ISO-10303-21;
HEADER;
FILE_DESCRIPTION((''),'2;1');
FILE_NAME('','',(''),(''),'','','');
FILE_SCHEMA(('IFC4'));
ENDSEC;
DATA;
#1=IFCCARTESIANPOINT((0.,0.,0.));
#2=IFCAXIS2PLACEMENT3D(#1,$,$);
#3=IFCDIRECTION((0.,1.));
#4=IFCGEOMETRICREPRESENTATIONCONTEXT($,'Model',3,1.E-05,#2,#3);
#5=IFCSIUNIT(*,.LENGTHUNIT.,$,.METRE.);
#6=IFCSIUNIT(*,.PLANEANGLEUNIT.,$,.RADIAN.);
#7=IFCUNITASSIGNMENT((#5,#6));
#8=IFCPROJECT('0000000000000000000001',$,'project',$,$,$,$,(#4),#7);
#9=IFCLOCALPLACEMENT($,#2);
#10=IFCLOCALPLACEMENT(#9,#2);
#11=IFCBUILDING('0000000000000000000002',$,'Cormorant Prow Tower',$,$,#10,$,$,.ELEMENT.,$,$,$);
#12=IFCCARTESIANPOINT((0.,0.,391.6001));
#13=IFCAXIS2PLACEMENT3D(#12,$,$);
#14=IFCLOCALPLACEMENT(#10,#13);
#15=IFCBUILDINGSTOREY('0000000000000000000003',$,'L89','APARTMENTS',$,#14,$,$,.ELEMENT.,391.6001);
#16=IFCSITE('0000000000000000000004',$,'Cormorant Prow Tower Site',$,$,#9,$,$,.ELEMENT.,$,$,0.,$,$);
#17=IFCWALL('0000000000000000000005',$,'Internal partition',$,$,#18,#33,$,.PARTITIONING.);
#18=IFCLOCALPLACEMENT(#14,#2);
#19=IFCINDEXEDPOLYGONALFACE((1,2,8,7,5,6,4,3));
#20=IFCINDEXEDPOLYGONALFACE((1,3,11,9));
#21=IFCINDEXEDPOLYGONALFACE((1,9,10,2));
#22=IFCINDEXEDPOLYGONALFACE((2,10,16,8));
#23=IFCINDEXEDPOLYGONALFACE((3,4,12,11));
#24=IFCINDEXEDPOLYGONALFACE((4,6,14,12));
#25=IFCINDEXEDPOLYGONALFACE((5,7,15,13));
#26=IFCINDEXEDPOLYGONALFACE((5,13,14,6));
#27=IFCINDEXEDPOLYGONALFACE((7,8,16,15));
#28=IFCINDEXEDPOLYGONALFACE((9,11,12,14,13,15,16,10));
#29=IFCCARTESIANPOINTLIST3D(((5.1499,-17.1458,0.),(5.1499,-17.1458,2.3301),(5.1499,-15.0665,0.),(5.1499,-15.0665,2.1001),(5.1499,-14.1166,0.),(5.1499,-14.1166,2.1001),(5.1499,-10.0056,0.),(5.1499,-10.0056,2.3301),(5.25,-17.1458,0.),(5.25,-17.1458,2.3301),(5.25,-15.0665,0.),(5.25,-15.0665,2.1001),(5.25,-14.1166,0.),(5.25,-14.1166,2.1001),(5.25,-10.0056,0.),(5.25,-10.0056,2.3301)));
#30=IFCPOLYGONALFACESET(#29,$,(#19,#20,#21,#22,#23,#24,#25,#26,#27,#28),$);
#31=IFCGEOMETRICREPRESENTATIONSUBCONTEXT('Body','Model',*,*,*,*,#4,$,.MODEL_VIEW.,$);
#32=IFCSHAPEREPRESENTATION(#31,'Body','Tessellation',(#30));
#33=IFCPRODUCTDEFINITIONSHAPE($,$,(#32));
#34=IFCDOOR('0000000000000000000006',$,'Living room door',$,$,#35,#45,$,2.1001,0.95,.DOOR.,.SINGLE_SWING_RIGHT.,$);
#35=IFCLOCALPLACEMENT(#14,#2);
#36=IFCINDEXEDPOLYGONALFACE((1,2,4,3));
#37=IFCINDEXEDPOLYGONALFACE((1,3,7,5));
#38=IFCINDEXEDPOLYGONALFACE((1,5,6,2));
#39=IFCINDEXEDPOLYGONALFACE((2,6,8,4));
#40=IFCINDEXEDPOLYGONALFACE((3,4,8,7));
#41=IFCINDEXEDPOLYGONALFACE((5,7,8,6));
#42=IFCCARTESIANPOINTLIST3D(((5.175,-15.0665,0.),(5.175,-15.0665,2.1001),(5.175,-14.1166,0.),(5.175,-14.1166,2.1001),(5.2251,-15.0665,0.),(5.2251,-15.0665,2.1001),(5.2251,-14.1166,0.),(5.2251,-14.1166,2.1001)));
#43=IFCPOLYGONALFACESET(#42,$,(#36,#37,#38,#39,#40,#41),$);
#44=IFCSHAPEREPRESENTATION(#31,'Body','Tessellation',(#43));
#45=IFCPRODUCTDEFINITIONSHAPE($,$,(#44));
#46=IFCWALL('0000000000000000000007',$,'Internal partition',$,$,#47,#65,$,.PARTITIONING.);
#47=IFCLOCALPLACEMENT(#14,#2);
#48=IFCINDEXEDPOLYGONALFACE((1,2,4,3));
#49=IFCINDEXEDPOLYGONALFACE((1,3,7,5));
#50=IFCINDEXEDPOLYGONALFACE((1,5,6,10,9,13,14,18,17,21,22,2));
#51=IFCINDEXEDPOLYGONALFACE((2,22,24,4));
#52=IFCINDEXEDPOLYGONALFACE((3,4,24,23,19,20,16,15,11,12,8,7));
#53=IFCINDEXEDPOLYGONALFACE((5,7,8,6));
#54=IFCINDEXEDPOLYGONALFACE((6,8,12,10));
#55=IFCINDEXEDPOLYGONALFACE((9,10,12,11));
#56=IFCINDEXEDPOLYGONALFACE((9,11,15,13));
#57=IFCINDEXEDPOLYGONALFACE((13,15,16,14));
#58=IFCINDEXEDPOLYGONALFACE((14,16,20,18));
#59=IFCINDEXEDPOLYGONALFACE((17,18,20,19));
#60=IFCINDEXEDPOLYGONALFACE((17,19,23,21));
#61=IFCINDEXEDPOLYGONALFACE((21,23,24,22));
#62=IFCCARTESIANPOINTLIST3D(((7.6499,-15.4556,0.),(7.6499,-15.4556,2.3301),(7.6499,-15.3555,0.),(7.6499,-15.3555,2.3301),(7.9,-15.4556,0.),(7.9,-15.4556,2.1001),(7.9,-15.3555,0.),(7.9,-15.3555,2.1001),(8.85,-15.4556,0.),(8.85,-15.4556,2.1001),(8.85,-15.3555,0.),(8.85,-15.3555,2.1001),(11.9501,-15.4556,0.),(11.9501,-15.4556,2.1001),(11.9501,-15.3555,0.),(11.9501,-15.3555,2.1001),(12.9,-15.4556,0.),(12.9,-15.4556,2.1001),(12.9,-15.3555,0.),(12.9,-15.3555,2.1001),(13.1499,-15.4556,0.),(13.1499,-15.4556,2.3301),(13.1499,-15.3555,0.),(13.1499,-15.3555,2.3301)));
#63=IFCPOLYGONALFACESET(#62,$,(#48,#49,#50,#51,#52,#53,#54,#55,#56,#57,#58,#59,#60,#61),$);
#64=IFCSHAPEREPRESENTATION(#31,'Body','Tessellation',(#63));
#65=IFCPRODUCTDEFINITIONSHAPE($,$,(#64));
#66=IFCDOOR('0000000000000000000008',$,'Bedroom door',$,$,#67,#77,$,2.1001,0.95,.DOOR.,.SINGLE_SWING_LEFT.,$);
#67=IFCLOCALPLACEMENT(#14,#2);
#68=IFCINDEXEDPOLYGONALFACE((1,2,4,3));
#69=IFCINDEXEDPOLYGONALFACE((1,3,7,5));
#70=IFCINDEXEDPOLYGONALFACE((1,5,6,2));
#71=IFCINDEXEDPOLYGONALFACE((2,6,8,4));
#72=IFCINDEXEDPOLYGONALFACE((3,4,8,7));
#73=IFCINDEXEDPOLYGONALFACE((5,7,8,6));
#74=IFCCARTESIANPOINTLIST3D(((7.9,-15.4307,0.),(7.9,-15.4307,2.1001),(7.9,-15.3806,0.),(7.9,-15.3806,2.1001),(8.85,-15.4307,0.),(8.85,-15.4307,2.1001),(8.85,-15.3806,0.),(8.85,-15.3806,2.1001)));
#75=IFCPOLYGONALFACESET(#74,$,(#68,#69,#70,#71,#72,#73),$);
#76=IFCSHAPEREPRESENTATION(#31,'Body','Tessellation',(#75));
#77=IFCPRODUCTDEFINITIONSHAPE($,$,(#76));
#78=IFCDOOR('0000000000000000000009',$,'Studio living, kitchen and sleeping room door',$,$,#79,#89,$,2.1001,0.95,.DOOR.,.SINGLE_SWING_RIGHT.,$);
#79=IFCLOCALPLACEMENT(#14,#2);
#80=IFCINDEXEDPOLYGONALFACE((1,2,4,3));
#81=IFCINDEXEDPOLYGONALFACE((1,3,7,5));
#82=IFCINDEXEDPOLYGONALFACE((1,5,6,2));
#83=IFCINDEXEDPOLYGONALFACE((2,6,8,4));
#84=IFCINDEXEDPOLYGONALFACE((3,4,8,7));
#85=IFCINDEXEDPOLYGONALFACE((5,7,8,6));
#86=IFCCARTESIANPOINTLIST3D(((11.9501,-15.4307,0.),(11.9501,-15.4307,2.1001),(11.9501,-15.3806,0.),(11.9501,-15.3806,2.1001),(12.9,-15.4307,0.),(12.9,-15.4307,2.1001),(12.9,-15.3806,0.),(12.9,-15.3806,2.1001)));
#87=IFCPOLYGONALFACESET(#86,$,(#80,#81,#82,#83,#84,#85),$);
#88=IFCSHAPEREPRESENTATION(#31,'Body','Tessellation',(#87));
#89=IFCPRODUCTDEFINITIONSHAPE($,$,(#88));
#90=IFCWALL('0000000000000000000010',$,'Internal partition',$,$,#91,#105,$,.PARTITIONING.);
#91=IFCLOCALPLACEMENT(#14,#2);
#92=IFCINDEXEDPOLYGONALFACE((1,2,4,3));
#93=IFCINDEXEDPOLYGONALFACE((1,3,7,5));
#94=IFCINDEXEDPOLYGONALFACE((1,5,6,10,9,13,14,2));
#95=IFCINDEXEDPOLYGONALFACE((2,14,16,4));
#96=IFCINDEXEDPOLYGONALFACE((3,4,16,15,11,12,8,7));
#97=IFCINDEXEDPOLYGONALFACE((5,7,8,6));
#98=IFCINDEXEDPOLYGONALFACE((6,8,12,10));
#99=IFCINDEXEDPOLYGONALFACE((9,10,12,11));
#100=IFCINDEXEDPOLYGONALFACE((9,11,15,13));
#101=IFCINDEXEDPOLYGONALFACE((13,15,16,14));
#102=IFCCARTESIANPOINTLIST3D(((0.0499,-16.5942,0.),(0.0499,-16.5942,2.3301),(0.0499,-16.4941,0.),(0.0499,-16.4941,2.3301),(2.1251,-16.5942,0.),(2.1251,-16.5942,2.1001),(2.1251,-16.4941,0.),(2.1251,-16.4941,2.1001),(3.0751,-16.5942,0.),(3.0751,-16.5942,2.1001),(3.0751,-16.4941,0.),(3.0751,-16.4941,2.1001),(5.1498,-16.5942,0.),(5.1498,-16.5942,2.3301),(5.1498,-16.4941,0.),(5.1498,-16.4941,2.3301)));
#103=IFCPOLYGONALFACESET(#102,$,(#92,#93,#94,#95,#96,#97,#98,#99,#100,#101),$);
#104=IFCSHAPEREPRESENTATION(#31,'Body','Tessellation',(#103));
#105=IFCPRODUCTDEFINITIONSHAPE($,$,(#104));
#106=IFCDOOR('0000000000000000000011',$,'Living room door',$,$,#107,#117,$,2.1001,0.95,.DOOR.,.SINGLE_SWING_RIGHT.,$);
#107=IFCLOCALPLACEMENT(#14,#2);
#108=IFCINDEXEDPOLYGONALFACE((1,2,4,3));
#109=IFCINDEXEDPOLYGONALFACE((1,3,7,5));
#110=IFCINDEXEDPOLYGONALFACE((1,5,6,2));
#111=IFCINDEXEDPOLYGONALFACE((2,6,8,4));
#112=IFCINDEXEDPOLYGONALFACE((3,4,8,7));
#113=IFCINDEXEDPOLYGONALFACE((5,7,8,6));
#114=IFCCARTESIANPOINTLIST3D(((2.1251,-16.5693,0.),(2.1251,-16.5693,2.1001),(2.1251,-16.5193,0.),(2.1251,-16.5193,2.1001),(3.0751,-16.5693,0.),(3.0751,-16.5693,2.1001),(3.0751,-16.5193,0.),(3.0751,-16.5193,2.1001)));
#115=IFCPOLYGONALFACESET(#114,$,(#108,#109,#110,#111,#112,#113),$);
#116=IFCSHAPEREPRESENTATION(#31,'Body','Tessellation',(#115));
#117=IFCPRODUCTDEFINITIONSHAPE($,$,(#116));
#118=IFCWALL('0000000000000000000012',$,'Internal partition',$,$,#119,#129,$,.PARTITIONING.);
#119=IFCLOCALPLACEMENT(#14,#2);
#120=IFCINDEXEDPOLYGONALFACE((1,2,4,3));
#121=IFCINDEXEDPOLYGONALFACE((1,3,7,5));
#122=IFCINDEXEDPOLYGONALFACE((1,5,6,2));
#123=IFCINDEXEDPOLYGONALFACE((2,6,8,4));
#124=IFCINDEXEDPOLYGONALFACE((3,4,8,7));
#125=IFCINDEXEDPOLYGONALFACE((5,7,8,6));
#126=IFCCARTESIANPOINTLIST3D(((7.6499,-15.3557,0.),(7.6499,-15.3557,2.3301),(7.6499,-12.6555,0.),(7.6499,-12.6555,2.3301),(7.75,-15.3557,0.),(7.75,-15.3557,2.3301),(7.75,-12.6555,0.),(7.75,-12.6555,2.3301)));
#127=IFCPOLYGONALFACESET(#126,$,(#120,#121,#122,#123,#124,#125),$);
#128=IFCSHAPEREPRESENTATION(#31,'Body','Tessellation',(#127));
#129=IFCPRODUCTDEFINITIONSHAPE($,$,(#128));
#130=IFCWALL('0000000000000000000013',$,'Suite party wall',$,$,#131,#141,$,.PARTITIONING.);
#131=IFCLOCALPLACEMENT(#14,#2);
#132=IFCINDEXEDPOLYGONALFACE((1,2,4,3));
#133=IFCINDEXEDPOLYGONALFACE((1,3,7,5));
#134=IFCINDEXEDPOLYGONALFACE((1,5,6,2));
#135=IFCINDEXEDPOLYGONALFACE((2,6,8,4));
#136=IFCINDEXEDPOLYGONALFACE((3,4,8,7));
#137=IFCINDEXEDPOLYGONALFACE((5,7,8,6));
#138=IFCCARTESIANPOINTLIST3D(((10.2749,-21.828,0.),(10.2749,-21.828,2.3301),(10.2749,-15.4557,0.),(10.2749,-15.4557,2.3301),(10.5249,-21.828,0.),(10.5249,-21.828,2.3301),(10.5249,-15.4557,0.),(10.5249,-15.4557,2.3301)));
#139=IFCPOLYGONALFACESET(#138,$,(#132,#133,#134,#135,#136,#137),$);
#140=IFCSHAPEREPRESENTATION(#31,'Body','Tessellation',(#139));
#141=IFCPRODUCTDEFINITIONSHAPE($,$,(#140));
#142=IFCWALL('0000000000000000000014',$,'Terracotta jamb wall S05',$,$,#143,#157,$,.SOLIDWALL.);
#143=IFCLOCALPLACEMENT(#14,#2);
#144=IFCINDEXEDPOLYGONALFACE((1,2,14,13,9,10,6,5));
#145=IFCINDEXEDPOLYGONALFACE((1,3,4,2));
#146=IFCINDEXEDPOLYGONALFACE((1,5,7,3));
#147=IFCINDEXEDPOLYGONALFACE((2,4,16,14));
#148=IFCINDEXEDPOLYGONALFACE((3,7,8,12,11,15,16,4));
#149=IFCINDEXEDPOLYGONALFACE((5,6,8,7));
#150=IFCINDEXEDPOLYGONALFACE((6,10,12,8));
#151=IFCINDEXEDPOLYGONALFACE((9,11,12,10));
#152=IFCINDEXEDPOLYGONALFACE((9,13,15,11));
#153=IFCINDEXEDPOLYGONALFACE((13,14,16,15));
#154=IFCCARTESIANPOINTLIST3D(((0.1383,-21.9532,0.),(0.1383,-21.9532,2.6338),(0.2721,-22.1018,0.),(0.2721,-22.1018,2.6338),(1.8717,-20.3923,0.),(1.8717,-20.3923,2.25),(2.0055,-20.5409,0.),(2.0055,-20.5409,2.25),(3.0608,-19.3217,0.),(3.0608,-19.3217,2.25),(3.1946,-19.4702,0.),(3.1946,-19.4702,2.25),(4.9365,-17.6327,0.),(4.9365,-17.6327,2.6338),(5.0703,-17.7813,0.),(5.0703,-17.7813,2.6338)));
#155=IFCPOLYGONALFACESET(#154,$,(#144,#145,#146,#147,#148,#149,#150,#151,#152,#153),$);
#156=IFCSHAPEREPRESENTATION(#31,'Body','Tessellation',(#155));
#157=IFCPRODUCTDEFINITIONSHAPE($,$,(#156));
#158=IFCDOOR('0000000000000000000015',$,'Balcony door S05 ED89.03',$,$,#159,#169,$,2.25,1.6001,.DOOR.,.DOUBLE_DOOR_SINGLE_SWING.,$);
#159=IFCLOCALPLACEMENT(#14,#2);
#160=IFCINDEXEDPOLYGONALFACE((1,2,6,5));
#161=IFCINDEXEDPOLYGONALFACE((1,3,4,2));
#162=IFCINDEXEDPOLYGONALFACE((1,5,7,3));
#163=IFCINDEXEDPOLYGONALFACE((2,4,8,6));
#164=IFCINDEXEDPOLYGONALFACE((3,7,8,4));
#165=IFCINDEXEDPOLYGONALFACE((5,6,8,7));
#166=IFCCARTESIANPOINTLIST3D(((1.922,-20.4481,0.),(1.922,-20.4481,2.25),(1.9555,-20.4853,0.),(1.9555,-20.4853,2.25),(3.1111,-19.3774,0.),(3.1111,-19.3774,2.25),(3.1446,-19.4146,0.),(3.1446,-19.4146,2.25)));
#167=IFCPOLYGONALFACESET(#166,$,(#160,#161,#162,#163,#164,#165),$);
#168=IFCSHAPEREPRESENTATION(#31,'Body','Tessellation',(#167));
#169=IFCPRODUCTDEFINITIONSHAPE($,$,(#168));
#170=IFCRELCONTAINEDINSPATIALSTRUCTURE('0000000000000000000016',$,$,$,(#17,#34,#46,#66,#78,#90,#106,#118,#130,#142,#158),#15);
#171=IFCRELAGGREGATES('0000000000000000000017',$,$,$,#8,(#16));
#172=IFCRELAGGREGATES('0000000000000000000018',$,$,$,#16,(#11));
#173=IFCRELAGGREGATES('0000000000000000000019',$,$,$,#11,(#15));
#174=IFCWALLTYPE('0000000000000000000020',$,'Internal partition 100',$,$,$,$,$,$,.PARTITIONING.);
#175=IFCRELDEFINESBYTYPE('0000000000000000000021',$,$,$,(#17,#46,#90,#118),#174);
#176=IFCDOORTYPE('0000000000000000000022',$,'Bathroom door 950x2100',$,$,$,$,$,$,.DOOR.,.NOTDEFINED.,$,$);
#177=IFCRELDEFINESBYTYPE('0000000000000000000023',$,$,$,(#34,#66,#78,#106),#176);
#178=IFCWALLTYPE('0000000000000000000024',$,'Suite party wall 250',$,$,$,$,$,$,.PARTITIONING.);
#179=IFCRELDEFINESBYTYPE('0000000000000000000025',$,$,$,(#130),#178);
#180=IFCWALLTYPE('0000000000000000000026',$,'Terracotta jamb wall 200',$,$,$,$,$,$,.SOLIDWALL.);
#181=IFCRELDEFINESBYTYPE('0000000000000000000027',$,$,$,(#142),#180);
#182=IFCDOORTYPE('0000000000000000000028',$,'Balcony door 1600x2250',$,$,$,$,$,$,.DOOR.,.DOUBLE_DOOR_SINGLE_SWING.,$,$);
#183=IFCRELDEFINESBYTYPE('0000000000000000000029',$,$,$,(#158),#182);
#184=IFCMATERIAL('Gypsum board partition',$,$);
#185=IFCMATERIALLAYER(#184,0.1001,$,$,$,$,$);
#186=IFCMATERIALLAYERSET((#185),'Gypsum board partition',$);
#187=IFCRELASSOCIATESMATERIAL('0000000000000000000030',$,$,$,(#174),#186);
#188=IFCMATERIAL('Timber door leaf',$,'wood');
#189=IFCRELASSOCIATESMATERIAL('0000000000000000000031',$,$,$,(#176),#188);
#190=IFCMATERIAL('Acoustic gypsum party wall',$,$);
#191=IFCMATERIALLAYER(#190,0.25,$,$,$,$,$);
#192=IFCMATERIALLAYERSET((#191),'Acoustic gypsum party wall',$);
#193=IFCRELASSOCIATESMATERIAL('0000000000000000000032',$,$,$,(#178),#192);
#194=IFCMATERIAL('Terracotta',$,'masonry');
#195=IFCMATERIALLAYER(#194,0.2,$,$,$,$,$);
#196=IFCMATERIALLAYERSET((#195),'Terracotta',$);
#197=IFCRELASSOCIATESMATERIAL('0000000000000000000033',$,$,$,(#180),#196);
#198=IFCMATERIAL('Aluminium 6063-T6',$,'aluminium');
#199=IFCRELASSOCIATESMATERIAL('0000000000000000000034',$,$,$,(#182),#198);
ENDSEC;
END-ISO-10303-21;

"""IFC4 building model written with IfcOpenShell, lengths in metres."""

from ifc_helpers import new_model, si_unit, direction, frame, frame_2d, origin, place, context, subcontext, project, spatial, rectangle, extrude, material, layer, layer_set, type_object, element, fill, save


model = new_model("IFC4")

# Units and contexts
model_context = context("Model", 3, precision=1e-05, world=origin(), true_north=direction((0.0, 1.0)))
body_context = subcontext(model_context, "Body", "Model", "MODEL_VIEW")
ifc_project = project(units=[si_unit("LENGTHUNIT", "METRE"), si_unit("PLANEANGLEUNIT", "RADIAN")], contexts=[model_context])

# Site, building, storey
site_placement = place(None, origin())
site = spatial("IfcSite", under=ifc_project, at=site_placement, Name="Cormorant Prow Tower Site", CompositionType="ELEMENT", RefElevation=0.0)
building_placement = place(site_placement, origin())
building = spatial("IfcBuilding", under=site, at=building_placement, Name="Cormorant Prow Tower", CompositionType="ELEMENT")
storey_placement = place(building_placement, frame((0.0, 0.0, 391.6001)))
storey = spatial("IfcBuildingStorey", under=building, at=storey_placement, Name="L89", Description="APARTMENTS", CompositionType="ELEMENT", Elevation=391.6001)

# Wall, opening, door
ifc_material_1 = material(Name="Gypsum board partition")
ifc_layer_1 = layer(ifc_material_1, 0.1001)
ifc_layer_set_1 = layer_set([ifc_layer_1], Name="Gypsum board partition")
wall_type_1 = type_object("IfcWallType", Name="Internal partition 100", PredefinedType="PARTITIONING", material=ifc_layer_set_1)
ifc_material_2 = material(Name="Timber door leaf", Category="wood")
door_type_1 = type_object("IfcDoorType", Name="Bathroom door 950x2100", OperationType="NOTDEFINED", PredefinedType="DOOR", material=ifc_material_2)
wall_1_placement = place(storey_placement, frame((5.2, -17.1458, 0.0), z_axis=(0.0, 0.0, 1.0), x_axis=(0.0, 1.0, 0.0)))
wall_1 = element("IfcWall", 1, at=wall_1_placement, inside=storey, type_object=wall_type_1, Name="Internal partition", PredefinedType="PARTITIONING", context=body_context, shape_type="SweptSolid", body=[
    extrude(rectangle(XDim=7.1401, YDim=0.1001, at=frame_2d((3.5701, 0.0))), origin(), (0.0, 0.0, 1.0), 2.3301),
])
opening_1_placement = place(wall_1_placement, frame((2.0791, 0.0, 0.0)))
opening_1 = element("IfcOpeningElement", 2, at=opening_1_placement, cuts=wall_1, PredefinedType="OPENING", context=body_context, shape_type="SweptSolid", body=[
    extrude(rectangle(XDim=0.95, YDim=2.1001, at=frame_2d((0.4751, 1.05))), frame((0.0, 0.0601, 0.0), z_axis=(0.0, -1.0, 0.0), x_axis=(1.0, 0.0, 0.0)), (0.0, 0.0, 1.0), 0.1201),
])
door_1_placement = place(opening_1_placement, origin())
door_1 = element("IfcDoor", 3, at=door_1_placement, inside=storey, type_object=door_type_1, Name="Living room door", OperationType="SINGLE_SWING_RIGHT", OverallHeight=2.1001, OverallWidth=0.95, PredefinedType="DOOR", context=body_context, shape_type="SweptSolid", body=[
    extrude(rectangle(XDim=0.95, YDim=2.1001, at=frame_2d((0.4751, 1.05))), frame((0.0, 0.0249, 0.0), z_axis=(0.0, -1.0, 0.0), x_axis=(1.0, 0.0, 0.0)), (0.0, 0.0, 1.0), 0.05),
])
fill(opening_1, door_1)

# Wall, openings, doors
wall_2_placement = place(storey_placement, frame((7.6499, -15.4055, 0.0), z_axis=(0.0, 0.0, 1.0), x_axis=(1.0, 0.0, 0.0)))
wall_2 = element("IfcWall", 4, at=wall_2_placement, inside=storey, type_object=wall_type_1, Name="Internal partition", PredefinedType="PARTITIONING", context=body_context, shape_type="SweptSolid", body=[
    extrude(rectangle(XDim=5.5, YDim=0.1001, at=frame_2d((2.75, 0.0))), origin(), (0.0, 0.0, 1.0), 2.3301),
])
opening_2_placement = place(wall_2_placement, frame((0.25, 0.0, 0.0)))
opening_2 = element("IfcOpeningElement", 5, at=opening_2_placement, cuts=wall_2, PredefinedType="OPENING", context=body_context, shape_type="SweptSolid", body=[
    extrude(rectangle(XDim=0.95, YDim=2.1001, at=frame_2d((0.4751, 1.05))), frame((0.0, 0.0601, 0.0), z_axis=(0.0, -1.0, 0.0), x_axis=(1.0, 0.0, 0.0)), (0.0, 0.0, 1.0), 0.1201),
])
opening_3_placement = place(wall_2_placement, frame((4.3, 0.0, 0.0)))
opening_3 = element("IfcOpeningElement", 6, at=opening_3_placement, cuts=wall_2, PredefinedType="OPENING", context=body_context, shape_type="SweptSolid", body=[
    extrude(rectangle(XDim=0.95, YDim=2.1001, at=frame_2d((0.4751, 1.05))), frame((0.0, 0.0601, 0.0), z_axis=(0.0, -1.0, 0.0), x_axis=(1.0, 0.0, 0.0)), (0.0, 0.0, 1.0), 0.1201),
])
door_2_placement = place(opening_2_placement, origin())
door_2 = element("IfcDoor", 7, at=door_2_placement, inside=storey, type_object=door_type_1, Name="Bedroom door", OperationType="SINGLE_SWING_LEFT", OverallHeight=2.1001, OverallWidth=0.95, PredefinedType="DOOR", context=body_context, shape_type="SweptSolid", body=[
    extrude(rectangle(XDim=0.95, YDim=2.1001, at=frame_2d((0.4751, 1.05))), frame((0.0, 0.0249, 0.0), z_axis=(0.0, -1.0, 0.0), x_axis=(1.0, 0.0, 0.0)), (0.0, 0.0, 1.0), 0.05),
])
fill(opening_2, door_2)
door_3_placement = place(opening_3_placement, origin())
door_3 = element("IfcDoor", 8, at=door_3_placement, inside=storey, type_object=door_type_1, Name="Studio living, kitchen and sleeping room door", OperationType="SINGLE_SWING_RIGHT", OverallHeight=2.1001, OverallWidth=0.95, PredefinedType="DOOR", context=body_context, shape_type="SweptSolid", body=[
    extrude(rectangle(XDim=0.95, YDim=2.1001, at=frame_2d((0.4751, 1.05))), frame((0.0, 0.0249, 0.0), z_axis=(0.0, -1.0, 0.0), x_axis=(1.0, 0.0, 0.0)), (0.0, 0.0, 1.0), 0.05),
])
fill(opening_3, door_3)

# Wall, opening, door
wall_3_placement = place(storey_placement, frame((0.05, -16.5442, 0.0), z_axis=(0.0, 0.0, 1.0), x_axis=(1.0, 0.0, 0.0)))
wall_3 = element("IfcWall", 9, at=wall_3_placement, inside=storey, type_object=wall_type_1, Name="Internal partition", PredefinedType="PARTITIONING", context=body_context, shape_type="SweptSolid", body=[
    extrude(rectangle(XDim=5.0999, YDim=0.1001, at=frame_2d((2.5498, 0.0))), origin(), (0.0, 0.0, 1.0), 2.3301),
])
opening_4_placement = place(wall_3_placement, frame((2.075, 0.0, 0.0)))
opening_4 = element("IfcOpeningElement", 10, at=opening_4_placement, cuts=wall_3, PredefinedType="OPENING", context=body_context, shape_type="SweptSolid", body=[
    extrude(rectangle(XDim=0.95, YDim=2.1001, at=frame_2d((0.4751, 1.05))), frame((0.0, 0.0601, 0.0), z_axis=(0.0, -1.0, 0.0), x_axis=(1.0, 0.0, 0.0)), (0.0, 0.0, 1.0), 0.1201),
])
door_4_placement = place(opening_4_placement, origin())
door_4 = element("IfcDoor", 11, at=door_4_placement, inside=storey, type_object=door_type_1, Name="Living room door", OperationType="SINGLE_SWING_RIGHT", OverallHeight=2.1001, OverallWidth=0.95, PredefinedType="DOOR", context=body_context, shape_type="SweptSolid", body=[
    extrude(rectangle(XDim=0.95, YDim=2.1001, at=frame_2d((0.4751, 1.05))), frame((0.0, 0.0249, 0.0), z_axis=(0.0, -1.0, 0.0), x_axis=(1.0, 0.0, 0.0)), (0.0, 0.0, 1.0), 0.05),
])
fill(opening_4, door_4)

# Walls
wall_4_placement = place(storey_placement, frame((7.7, -15.3557, 0.0), z_axis=(0.0, 0.0, 1.0), x_axis=(0.0, 1.0, 0.0)))
element("IfcWall", 12, at=wall_4_placement, inside=storey, type_object=wall_type_1, Name="Internal partition", PredefinedType="PARTITIONING", context=body_context, shape_type="SweptSolid", body=[
    extrude(rectangle(XDim=2.7002, YDim=0.1001, at=frame_2d((1.3501, 0.0))), origin(), (0.0, 0.0, 1.0), 2.3301),
])
ifc_material_3 = material(Name="Acoustic gypsum party wall")
ifc_layer_2 = layer(ifc_material_3, 0.25)
ifc_layer_set_2 = layer_set([ifc_layer_2], Name="Acoustic gypsum party wall")
wall_type_2 = type_object("IfcWallType", Name="Suite party wall 250", PredefinedType="PARTITIONING", material=ifc_layer_set_2)
wall_5_placement = place(storey_placement, frame((10.3999, -21.8279, 0.0), z_axis=(0.0, 0.0, 1.0), x_axis=(0.0, 1.0, 0.0)))
element("IfcWall", 13, at=wall_5_placement, inside=storey, type_object=wall_type_2, Name="Suite party wall", PredefinedType="PARTITIONING", context=body_context, shape_type="SweptSolid", body=[
    extrude(rectangle(XDim=6.3723, YDim=0.25, at=frame_2d((3.186, 0.0))), origin(), (0.0, 0.0, 1.0), 2.3301),
])

# Wall, opening, door
ifc_material_4 = material(Name="Terracotta", Category="masonry")
ifc_layer_3 = layer(ifc_material_4, 0.2)
ifc_layer_set_3 = layer_set([ifc_layer_3], Name="Terracotta")
wall_type_3 = type_object("IfcWallType", Name="Terracotta jamb wall 200", PredefinedType="SOLIDWALL", material=ifc_layer_set_3)
wall_6_placement = place(storey_placement, frame((0.2051, -22.0276, 0.0), z_axis=(0.0, 0.0, 1.0), x_axis=(0.743136, 0.66914, 0.0)))
wall_6 = element("IfcWall", 14, at=wall_6_placement, inside=storey, type_object=wall_type_3, Name="Terracotta jamb wall S05", PredefinedType="SOLIDWALL", context=body_context, shape_type="SweptSolid", body=[
    extrude(rectangle(XDim=6.4568, YDim=0.2, at=frame_2d((3.2285, 0.0))), origin(), (0.0, 0.0, 1.0), 2.6338),
])
opening_5_placement = place(wall_6_placement, frame((2.3328, 0.0, 0.0)))
opening_5 = element("IfcOpeningElement", 15, at=opening_5_placement, cuts=wall_6, PredefinedType="OPENING", context=body_context, shape_type="SweptSolid", body=[
    extrude(rectangle(XDim=1.6001, YDim=2.25, at=frame_2d((0.8, 1.125))), frame((0.0, 0.1099, 0.0), z_axis=(0.0, -1.0, 0.0), x_axis=(1.0, 0.0, 0.0)), (0.0, 0.0, 1.0), 0.22),
])
ifc_material_5 = material(Name="Aluminium 6063-T6", Category="aluminium")
door_type_2 = type_object("IfcDoorType", Name="Balcony door 1600x2250", OperationType="DOUBLE_DOOR_SINGLE_SWING", PredefinedType="DOOR", material=ifc_material_5)
door_5_placement = place(opening_5_placement, origin())
door_5 = element("IfcDoor", 16, at=door_5_placement, inside=storey, type_object=door_type_2, Name="Balcony door S05 ED89.03", OperationType="DOUBLE_DOOR_SINGLE_SWING", OverallHeight=2.25, OverallWidth=1.6001, PredefinedType="DOOR", context=body_context, shape_type="SweptSolid", body=[
    extrude(rectangle(XDim=1.6001, YDim=2.25, at=frame_2d((0.8, 1.125))), frame((0.0, 0.0249, 0.0), z_axis=(0.0, -1.0, 0.0), x_axis=(1.0, 0.0, 0.0)), (0.0, 0.0, 1.0), 0.05),
])
fill(opening_5, door_5)

save(model, "model.ifc")
